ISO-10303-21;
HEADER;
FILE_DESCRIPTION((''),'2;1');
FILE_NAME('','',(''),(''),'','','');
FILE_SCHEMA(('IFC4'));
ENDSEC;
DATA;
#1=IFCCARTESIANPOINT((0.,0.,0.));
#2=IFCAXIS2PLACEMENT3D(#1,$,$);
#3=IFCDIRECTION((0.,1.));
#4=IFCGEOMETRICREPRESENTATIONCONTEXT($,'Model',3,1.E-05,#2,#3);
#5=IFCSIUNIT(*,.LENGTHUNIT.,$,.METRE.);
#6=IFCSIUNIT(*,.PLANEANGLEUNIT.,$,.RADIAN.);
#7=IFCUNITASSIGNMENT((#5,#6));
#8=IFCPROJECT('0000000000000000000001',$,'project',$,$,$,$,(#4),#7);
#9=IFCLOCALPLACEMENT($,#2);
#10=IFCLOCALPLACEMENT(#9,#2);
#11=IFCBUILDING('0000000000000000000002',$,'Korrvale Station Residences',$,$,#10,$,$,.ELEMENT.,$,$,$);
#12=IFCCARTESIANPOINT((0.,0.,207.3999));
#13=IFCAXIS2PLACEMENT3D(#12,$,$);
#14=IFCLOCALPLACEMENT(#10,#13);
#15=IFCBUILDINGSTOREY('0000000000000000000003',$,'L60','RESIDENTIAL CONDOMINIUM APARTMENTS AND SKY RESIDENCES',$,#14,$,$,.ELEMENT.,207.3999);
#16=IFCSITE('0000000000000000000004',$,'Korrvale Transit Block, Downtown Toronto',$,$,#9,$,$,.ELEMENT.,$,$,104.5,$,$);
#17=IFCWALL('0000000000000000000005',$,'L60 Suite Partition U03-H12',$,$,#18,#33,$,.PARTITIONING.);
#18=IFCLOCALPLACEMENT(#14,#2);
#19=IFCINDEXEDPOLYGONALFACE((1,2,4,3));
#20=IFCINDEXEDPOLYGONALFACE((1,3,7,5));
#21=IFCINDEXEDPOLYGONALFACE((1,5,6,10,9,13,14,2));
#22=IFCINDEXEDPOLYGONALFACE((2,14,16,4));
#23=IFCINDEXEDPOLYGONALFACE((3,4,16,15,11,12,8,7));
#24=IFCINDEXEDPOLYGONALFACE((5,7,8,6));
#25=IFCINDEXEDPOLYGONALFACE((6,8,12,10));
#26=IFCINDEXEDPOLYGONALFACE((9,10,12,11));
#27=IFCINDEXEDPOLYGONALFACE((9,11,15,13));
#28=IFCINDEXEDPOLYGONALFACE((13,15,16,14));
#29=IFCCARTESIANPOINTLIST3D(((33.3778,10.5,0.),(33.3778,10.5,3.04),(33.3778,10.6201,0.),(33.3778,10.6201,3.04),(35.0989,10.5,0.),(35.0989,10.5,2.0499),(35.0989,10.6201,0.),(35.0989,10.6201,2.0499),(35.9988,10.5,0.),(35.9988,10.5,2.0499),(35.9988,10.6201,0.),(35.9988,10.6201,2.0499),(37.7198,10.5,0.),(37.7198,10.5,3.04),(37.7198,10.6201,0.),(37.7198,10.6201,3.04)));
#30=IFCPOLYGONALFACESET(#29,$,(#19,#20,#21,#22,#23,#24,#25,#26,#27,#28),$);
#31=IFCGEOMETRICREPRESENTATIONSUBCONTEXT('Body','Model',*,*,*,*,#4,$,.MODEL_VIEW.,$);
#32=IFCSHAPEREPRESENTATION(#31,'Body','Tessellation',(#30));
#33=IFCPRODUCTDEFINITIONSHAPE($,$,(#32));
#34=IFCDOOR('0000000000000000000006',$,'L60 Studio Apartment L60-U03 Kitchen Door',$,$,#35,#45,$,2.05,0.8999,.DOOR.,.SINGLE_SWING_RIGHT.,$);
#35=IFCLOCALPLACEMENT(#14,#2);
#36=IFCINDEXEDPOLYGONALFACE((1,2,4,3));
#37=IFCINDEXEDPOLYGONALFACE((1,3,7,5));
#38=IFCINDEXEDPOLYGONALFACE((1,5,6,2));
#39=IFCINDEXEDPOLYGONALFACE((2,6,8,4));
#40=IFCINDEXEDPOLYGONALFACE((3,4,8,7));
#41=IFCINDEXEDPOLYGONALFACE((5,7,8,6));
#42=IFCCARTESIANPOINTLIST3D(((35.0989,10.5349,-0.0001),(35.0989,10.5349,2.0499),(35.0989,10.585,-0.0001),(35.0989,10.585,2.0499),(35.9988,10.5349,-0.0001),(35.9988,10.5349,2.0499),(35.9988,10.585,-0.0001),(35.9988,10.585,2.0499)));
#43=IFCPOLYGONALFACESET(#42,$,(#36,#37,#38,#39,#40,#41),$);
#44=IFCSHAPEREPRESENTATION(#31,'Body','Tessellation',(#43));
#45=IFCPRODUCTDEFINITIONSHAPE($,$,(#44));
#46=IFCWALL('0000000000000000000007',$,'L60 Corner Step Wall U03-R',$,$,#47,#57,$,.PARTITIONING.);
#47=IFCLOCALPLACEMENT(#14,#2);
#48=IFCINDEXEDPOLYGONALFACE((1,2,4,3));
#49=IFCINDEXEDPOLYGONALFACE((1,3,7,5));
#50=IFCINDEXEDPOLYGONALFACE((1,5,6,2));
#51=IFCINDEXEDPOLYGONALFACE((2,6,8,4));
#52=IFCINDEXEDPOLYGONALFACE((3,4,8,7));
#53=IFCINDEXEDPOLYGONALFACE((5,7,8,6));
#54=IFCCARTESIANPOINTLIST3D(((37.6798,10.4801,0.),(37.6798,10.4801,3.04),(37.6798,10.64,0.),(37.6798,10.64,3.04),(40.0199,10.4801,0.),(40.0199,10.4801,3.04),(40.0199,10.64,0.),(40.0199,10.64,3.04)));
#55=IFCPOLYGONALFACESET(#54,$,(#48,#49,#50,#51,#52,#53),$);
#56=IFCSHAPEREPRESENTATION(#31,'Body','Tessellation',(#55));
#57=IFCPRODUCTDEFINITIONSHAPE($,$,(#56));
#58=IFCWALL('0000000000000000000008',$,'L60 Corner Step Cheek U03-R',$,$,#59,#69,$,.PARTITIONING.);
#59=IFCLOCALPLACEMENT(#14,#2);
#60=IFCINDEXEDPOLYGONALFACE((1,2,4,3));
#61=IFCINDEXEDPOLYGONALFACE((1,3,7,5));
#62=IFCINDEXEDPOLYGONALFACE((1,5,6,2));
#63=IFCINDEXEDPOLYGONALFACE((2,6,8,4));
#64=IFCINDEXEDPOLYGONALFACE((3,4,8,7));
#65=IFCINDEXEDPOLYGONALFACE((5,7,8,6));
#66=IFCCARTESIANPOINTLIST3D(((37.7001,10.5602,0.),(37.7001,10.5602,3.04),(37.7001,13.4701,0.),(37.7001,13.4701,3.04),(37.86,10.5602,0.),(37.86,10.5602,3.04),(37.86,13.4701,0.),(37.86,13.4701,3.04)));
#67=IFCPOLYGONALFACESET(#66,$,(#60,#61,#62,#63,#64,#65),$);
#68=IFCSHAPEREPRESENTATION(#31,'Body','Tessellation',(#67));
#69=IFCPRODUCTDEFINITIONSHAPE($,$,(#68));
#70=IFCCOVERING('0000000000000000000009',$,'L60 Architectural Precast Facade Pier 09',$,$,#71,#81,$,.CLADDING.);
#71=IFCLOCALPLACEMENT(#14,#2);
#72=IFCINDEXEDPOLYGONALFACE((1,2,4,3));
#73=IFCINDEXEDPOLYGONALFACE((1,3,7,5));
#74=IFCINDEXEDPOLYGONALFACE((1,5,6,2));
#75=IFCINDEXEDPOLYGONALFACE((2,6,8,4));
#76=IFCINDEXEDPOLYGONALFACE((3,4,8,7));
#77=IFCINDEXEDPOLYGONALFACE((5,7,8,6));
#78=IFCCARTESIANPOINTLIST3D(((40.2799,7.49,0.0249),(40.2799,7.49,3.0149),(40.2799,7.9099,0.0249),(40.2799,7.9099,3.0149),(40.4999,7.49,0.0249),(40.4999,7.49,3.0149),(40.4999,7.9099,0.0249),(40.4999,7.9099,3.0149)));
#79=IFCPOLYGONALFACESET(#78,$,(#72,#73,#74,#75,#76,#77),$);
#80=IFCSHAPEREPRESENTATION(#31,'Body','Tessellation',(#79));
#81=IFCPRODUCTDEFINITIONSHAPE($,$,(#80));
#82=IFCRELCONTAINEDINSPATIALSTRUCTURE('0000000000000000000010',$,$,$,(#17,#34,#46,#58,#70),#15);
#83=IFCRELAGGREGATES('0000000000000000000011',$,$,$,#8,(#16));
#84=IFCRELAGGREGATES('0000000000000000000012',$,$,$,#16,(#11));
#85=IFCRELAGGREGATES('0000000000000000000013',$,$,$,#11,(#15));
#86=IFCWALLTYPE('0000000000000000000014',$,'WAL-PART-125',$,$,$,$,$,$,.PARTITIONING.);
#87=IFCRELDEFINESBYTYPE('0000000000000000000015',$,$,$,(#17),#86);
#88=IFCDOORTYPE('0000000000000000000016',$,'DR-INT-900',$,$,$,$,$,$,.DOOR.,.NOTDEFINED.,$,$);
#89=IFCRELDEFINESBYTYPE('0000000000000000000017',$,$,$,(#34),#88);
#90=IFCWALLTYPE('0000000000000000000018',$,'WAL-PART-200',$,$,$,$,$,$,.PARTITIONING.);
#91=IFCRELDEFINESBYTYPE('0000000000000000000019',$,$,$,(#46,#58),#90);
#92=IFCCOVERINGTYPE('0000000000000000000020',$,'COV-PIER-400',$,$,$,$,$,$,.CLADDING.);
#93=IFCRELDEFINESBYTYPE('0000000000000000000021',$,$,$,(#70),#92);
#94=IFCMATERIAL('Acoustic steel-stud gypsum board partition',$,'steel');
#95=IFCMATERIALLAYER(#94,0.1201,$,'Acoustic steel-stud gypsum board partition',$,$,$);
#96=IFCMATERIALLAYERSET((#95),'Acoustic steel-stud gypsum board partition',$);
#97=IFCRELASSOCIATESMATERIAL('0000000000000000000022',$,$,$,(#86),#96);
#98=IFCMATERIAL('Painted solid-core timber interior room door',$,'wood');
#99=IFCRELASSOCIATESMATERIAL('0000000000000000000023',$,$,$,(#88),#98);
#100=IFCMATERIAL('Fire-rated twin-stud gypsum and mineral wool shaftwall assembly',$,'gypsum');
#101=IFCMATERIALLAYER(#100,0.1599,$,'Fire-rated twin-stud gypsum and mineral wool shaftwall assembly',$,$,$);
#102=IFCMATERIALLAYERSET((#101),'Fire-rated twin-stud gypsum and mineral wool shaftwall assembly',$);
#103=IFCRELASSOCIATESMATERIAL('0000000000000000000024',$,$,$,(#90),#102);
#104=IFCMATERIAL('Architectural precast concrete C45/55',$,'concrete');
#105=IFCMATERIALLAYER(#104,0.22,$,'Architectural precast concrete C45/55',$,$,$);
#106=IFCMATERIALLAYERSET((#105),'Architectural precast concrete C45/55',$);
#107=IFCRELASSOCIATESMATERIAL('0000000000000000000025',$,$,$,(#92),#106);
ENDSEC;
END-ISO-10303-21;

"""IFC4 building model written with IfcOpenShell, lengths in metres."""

from ifc_helpers import new_model, si_unit, direction, frame, frame_2d, origin, origin_2d, place, context, subcontext, project, spatial, rectangle, extrude, material, layer, layer_set, type_object, element, fill, save


model = new_model("IFC4")

# Units and contexts
model_context = context("Model", 3, precision=1e-05, world=origin(), true_north=direction((0.0, 1.0)))
body_context = subcontext(model_context, "Body", "Model", "MODEL_VIEW")
ifc_project = project(units=[si_unit("LENGTHUNIT", "METRE"), si_unit("PLANEANGLEUNIT", "RADIAN")], contexts=[model_context])

# Site, building, storey
site_placement = place(None, origin())
site = spatial("IfcSite", under=ifc_project, at=site_placement, Name="Korrvale Transit Block, Downtown Toronto", CompositionType="ELEMENT", RefElevation=104.5)
building_placement = place(site_placement, origin())
building = spatial("IfcBuilding", under=site, at=building_placement, Name="Korrvale Station Residences", CompositionType="ELEMENT")
storey_placement = place(building_placement, frame((0.0, 0.0, 207.3999)))
storey = spatial("IfcBuildingStorey", under=building, at=storey_placement, Name="L60", Description="RESIDENTIAL CONDOMINIUM APARTMENTS AND SKY RESIDENCES", CompositionType="ELEMENT", Elevation=207.3999)

# Wall, opening, door
ifc_material_1 = material(Name="Acoustic steel-stud gypsum board partition", Category="steel")
ifc_layer_1 = layer(ifc_material_1, 0.1201, Name="Acoustic steel-stud gypsum board partition")
ifc_layer_set_1 = layer_set([ifc_layer_1], Name="Acoustic steel-stud gypsum board partition")
wall_type_1 = type_object("IfcWallType", Name="WAL-PART-125", PredefinedType="PARTITIONING", material=ifc_layer_set_1)
wall_1_placement = place(storey_placement, frame((33.3779, 10.5601, 0.0), z_axis=(0.0, 0.0, 1.0), x_axis=(1.0, 0.0, 0.0)))
wall_1 = element("IfcWall", 1, at=wall_1_placement, inside=storey, type_object=wall_type_1, Name="L60 Suite Partition U03-H12", PredefinedType="PARTITIONING", context=body_context, shape_type="SweptSolid", body=[
    extrude(rectangle(XDim=4.342, YDim=0.1201, at=frame_2d((2.1709, 0.0))), origin(), (0.0, 0.0, 1.0), 3.04),
])
opening_1_placement = place(wall_1_placement, frame((1.7209, 0.0, 0.0)))
opening_1 = element("IfcOpeningElement", 2, at=opening_1_placement, cuts=wall_1, PredefinedType="OPENING", context=body_context, shape_type="SweptSolid", body=[
    extrude(rectangle(XDim=0.8999, YDim=2.05, at=frame_2d((0.45, 1.0249))), frame((0.0, 0.0701, 0.0), z_axis=(0.0, -1.0, 0.0), x_axis=(1.0, 0.0, 0.0)), (0.0, 0.0, 1.0), 0.1401),
])
ifc_material_2 = material(Name="Painted solid-core timber interior room door", Category="wood")
door_type_1 = type_object("IfcDoorType", Name="DR-INT-900", OperationType="NOTDEFINED", PredefinedType="DOOR", material=ifc_material_2)
door_1_placement = place(opening_1_placement, origin())
door_1 = element("IfcDoor", 3, at=door_1_placement, inside=storey, type_object=door_type_1, Name="L60 Studio Apartment L60-U03 Kitchen Door", OperationType="SINGLE_SWING_RIGHT", OverallHeight=2.05, OverallWidth=0.8999, PredefinedType="DOOR", context=body_context, shape_type="SweptSolid", body=[
    extrude(rectangle(XDim=0.8999, YDim=2.05, at=frame_2d((0.45, 1.0249))), frame((0.0, 0.0249, 0.0), z_axis=(0.0, -1.0, 0.0), x_axis=(1.0, 0.0, 0.0)), (0.0, 0.0, 1.0), 0.05),
])
fill(opening_1, door_1)

# Walls
ifc_material_3 = material(Name="Fire-rated twin-stud gypsum and mineral wool shaftwall assembly", Category="gypsum")
ifc_layer_2 = layer(ifc_material_3, 0.1599, Name="Fire-rated twin-stud gypsum and mineral wool shaftwall assembly")
ifc_layer_set_2 = layer_set([ifc_layer_2], Name="Fire-rated twin-stud gypsum and mineral wool shaftwall assembly")
wall_type_2 = type_object("IfcWallType", Name="WAL-PART-200", PredefinedType="PARTITIONING", material=ifc_layer_set_2)
wall_2_placement = place(storey_placement, frame((37.6799, 10.5601, 0.0), z_axis=(0.0, 0.0, 1.0), x_axis=(1.0, 0.0, 0.0)))
element("IfcWall", 4, at=wall_2_placement, inside=storey, type_object=wall_type_2, Name="L60 Corner Step Wall U03-R", PredefinedType="PARTITIONING", context=body_context, shape_type="SweptSolid", body=[
    extrude(rectangle(XDim=2.3401, YDim=0.1599, at=frame_2d((1.1699, 0.0))), origin(), (0.0, 0.0, 1.0), 3.04),
])
wall_3_placement = place(storey_placement, frame((37.78, 10.5601, 0.0), z_axis=(0.0, 0.0, 1.0), x_axis=(0.0, 1.0, 0.0)))
element("IfcWall", 5, at=wall_3_placement, inside=storey, type_object=wall_type_2, Name="L60 Corner Step Cheek U03-R", PredefinedType="PARTITIONING", context=body_context, shape_type="SweptSolid", body=[
    extrude(rectangle(XDim=2.9099, YDim=0.1599, at=frame_2d((1.4551, 0.0))), origin(), (0.0, 0.0, 1.0), 3.04),
])

# Covering
ifc_material_4 = material(Name="Architectural precast concrete C45/55", Category="concrete")
ifc_layer_3 = layer(ifc_material_4, 0.22, Name="Architectural precast concrete C45/55")
ifc_layer_set_3 = layer_set([ifc_layer_3], Name="Architectural precast concrete C45/55")
covering_type = type_object("IfcCoveringType", Name="COV-PIER-400", PredefinedType="CLADDING", material=ifc_layer_set_3)
covering_placement = place(storey_placement, frame((40.3899, 7.7, 0.0249), z_axis=(0.0, 0.0, 1.0), x_axis=(0.0, 1.0, 0.0)))
element("IfcCovering", 6, at=covering_placement, inside=storey, type_object=covering_type, Name="L60 Architectural Precast Facade Pier 09", PredefinedType="CLADDING", context=body_context, shape_type="SweptSolid", body=[
    extrude(rectangle(XDim=0.4199, YDim=0.22, at=origin_2d()), origin(), (0.0, 0.0, 1.0), 2.99),
])

save(model, "model.ifc")
